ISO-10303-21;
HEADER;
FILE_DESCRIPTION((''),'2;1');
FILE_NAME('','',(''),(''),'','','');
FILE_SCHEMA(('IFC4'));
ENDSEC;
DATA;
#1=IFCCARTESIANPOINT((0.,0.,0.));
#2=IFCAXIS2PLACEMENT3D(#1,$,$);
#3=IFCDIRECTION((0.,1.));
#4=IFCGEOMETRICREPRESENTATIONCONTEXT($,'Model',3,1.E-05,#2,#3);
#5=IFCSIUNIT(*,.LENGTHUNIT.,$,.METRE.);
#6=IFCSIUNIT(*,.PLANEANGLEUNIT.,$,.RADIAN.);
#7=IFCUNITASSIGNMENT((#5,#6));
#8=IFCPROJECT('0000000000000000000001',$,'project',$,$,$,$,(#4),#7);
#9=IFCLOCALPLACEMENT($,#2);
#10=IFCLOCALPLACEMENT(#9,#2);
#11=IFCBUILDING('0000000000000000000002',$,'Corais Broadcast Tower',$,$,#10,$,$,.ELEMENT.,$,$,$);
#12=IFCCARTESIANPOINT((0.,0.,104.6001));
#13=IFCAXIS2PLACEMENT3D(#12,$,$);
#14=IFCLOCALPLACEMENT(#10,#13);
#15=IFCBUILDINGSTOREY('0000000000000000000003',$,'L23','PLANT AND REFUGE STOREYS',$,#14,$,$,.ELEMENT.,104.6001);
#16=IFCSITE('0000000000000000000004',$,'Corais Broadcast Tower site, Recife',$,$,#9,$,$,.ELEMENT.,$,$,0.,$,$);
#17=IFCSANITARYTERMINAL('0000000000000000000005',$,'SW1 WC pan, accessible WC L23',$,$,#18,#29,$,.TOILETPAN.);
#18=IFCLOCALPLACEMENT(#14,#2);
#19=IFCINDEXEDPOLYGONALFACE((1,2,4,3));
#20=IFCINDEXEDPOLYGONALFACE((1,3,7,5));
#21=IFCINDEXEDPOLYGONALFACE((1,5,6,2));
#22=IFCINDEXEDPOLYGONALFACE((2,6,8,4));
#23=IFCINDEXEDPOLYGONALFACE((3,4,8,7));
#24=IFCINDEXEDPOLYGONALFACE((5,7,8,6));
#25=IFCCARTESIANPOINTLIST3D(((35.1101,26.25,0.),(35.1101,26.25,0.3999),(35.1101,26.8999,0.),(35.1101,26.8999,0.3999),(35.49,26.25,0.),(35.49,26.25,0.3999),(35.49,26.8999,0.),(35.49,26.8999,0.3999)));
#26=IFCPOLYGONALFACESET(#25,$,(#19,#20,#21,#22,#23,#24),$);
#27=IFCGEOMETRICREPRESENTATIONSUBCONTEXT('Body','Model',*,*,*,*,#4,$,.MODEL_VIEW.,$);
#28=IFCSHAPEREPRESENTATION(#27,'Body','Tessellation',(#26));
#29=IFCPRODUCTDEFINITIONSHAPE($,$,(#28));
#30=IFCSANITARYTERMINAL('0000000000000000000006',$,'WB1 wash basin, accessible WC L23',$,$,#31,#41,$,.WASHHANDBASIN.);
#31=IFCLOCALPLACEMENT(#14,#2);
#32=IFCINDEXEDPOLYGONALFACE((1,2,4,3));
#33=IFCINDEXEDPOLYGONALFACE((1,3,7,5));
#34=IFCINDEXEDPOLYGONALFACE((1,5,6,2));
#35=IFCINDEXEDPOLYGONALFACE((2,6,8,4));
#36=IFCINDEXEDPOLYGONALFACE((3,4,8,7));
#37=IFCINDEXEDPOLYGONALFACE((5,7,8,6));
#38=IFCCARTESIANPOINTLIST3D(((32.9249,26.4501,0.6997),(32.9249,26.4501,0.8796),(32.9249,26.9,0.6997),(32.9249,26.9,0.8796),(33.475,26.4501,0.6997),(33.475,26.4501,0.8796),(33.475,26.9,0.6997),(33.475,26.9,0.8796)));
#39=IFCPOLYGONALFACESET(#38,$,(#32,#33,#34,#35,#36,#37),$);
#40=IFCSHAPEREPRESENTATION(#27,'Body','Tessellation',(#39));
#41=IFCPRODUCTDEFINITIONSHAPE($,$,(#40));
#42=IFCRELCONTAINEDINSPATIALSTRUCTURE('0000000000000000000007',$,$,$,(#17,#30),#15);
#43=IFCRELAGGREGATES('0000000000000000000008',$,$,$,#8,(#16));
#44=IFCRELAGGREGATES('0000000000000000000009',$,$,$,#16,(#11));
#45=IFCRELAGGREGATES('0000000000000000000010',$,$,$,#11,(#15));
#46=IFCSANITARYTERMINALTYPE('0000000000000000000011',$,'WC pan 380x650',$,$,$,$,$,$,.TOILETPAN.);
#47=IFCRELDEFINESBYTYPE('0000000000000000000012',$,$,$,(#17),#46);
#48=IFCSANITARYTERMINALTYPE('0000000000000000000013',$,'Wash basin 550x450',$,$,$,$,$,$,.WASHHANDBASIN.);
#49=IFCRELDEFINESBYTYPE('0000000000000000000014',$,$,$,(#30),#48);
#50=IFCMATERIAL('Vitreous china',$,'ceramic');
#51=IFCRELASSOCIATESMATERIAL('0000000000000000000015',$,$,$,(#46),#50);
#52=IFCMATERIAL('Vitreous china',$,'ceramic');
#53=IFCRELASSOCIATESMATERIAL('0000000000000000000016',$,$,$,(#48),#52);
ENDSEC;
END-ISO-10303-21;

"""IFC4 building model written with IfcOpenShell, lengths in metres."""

from ifc_helpers import new_model, si_unit, direction, frame, origin, origin_2d, place, context, subcontext, project, spatial, rectangle, extrude, material, type_object, element, save


model = new_model("IFC4")

# Units and contexts
model_context = context("Model", 3, precision=1e-05, world=origin(), true_north=direction((0.0, 1.0)))
body_context = subcontext(model_context, "Body", "Model", "MODEL_VIEW")
ifc_project = project(units=[si_unit("LENGTHUNIT", "METRE"), si_unit("PLANEANGLEUNIT", "RADIAN")], contexts=[model_context])

# Site, building, storey
site_placement = place(None, origin())
site = spatial("IfcSite", under=ifc_project, at=site_placement, Name="Corais Broadcast Tower site, Recife", CompositionType="ELEMENT", RefElevation=0.0)
building_placement = place(site_placement, origin())
building = spatial("IfcBuilding", under=site, at=building_placement, Name="Corais Broadcast Tower", CompositionType="ELEMENT")
storey_placement = place(building_placement, frame((0.0, 0.0, 104.6001)))
storey = spatial("IfcBuildingStorey", under=building, at=storey_placement, Name="L23", Description="PLANT AND REFUGE STOREYS", CompositionType="ELEMENT", Elevation=104.6001)

# Sanitary terminals
ifc_material_1 = material(Name="Vitreous china", Category="ceramic")
sanitary_terminal_type_1 = type_object("IfcSanitaryTerminalType", Name="WC pan 380x650", PredefinedType="TOILETPAN", material=ifc_material_1)
sanitary_terminal_1_placement = place(storey_placement, frame((35.3, 26.575, 0.0), z_axis=(0.0, 0.0, 1.0), x_axis=(1.0, 0.0, 0.0)))
element("IfcSanitaryTerminal", 1, at=sanitary_terminal_1_placement, inside=storey, type_object=sanitary_terminal_type_1, Name="SW1 WC pan, accessible WC L23", PredefinedType="TOILETPAN", context=body_context, shape_type="SweptSolid", body=[
    extrude(rectangle(XDim=0.3799, YDim=0.6499, at=origin_2d()), origin(), (0.0, 0.0, 1.0), 0.3999),
])
ifc_material_2 = material(Name="Vitreous china", Category="ceramic")
sanitary_terminal_type_2 = type_object("IfcSanitaryTerminalType", Name="Wash basin 550x450", PredefinedType="WASHHANDBASIN", material=ifc_material_2)
sanitary_terminal_2_placement = place(storey_placement, frame((33.2, 26.675, 0.6997), z_axis=(0.0, 0.0, 1.0), x_axis=(1.0, 0.0, 0.0)))
element("IfcSanitaryTerminal", 2, at=sanitary_terminal_2_placement, inside=storey, type_object=sanitary_terminal_type_2, Name="WB1 wash basin, accessible WC L23", PredefinedType="WASHHANDBASIN", context=body_context, shape_type="SweptSolid", body=[
    extrude(rectangle(XDim=0.55, YDim=0.45, at=origin_2d()), origin(), (0.0, 0.0, 1.0), 0.1799),
])

save(model, "model.ifc")
